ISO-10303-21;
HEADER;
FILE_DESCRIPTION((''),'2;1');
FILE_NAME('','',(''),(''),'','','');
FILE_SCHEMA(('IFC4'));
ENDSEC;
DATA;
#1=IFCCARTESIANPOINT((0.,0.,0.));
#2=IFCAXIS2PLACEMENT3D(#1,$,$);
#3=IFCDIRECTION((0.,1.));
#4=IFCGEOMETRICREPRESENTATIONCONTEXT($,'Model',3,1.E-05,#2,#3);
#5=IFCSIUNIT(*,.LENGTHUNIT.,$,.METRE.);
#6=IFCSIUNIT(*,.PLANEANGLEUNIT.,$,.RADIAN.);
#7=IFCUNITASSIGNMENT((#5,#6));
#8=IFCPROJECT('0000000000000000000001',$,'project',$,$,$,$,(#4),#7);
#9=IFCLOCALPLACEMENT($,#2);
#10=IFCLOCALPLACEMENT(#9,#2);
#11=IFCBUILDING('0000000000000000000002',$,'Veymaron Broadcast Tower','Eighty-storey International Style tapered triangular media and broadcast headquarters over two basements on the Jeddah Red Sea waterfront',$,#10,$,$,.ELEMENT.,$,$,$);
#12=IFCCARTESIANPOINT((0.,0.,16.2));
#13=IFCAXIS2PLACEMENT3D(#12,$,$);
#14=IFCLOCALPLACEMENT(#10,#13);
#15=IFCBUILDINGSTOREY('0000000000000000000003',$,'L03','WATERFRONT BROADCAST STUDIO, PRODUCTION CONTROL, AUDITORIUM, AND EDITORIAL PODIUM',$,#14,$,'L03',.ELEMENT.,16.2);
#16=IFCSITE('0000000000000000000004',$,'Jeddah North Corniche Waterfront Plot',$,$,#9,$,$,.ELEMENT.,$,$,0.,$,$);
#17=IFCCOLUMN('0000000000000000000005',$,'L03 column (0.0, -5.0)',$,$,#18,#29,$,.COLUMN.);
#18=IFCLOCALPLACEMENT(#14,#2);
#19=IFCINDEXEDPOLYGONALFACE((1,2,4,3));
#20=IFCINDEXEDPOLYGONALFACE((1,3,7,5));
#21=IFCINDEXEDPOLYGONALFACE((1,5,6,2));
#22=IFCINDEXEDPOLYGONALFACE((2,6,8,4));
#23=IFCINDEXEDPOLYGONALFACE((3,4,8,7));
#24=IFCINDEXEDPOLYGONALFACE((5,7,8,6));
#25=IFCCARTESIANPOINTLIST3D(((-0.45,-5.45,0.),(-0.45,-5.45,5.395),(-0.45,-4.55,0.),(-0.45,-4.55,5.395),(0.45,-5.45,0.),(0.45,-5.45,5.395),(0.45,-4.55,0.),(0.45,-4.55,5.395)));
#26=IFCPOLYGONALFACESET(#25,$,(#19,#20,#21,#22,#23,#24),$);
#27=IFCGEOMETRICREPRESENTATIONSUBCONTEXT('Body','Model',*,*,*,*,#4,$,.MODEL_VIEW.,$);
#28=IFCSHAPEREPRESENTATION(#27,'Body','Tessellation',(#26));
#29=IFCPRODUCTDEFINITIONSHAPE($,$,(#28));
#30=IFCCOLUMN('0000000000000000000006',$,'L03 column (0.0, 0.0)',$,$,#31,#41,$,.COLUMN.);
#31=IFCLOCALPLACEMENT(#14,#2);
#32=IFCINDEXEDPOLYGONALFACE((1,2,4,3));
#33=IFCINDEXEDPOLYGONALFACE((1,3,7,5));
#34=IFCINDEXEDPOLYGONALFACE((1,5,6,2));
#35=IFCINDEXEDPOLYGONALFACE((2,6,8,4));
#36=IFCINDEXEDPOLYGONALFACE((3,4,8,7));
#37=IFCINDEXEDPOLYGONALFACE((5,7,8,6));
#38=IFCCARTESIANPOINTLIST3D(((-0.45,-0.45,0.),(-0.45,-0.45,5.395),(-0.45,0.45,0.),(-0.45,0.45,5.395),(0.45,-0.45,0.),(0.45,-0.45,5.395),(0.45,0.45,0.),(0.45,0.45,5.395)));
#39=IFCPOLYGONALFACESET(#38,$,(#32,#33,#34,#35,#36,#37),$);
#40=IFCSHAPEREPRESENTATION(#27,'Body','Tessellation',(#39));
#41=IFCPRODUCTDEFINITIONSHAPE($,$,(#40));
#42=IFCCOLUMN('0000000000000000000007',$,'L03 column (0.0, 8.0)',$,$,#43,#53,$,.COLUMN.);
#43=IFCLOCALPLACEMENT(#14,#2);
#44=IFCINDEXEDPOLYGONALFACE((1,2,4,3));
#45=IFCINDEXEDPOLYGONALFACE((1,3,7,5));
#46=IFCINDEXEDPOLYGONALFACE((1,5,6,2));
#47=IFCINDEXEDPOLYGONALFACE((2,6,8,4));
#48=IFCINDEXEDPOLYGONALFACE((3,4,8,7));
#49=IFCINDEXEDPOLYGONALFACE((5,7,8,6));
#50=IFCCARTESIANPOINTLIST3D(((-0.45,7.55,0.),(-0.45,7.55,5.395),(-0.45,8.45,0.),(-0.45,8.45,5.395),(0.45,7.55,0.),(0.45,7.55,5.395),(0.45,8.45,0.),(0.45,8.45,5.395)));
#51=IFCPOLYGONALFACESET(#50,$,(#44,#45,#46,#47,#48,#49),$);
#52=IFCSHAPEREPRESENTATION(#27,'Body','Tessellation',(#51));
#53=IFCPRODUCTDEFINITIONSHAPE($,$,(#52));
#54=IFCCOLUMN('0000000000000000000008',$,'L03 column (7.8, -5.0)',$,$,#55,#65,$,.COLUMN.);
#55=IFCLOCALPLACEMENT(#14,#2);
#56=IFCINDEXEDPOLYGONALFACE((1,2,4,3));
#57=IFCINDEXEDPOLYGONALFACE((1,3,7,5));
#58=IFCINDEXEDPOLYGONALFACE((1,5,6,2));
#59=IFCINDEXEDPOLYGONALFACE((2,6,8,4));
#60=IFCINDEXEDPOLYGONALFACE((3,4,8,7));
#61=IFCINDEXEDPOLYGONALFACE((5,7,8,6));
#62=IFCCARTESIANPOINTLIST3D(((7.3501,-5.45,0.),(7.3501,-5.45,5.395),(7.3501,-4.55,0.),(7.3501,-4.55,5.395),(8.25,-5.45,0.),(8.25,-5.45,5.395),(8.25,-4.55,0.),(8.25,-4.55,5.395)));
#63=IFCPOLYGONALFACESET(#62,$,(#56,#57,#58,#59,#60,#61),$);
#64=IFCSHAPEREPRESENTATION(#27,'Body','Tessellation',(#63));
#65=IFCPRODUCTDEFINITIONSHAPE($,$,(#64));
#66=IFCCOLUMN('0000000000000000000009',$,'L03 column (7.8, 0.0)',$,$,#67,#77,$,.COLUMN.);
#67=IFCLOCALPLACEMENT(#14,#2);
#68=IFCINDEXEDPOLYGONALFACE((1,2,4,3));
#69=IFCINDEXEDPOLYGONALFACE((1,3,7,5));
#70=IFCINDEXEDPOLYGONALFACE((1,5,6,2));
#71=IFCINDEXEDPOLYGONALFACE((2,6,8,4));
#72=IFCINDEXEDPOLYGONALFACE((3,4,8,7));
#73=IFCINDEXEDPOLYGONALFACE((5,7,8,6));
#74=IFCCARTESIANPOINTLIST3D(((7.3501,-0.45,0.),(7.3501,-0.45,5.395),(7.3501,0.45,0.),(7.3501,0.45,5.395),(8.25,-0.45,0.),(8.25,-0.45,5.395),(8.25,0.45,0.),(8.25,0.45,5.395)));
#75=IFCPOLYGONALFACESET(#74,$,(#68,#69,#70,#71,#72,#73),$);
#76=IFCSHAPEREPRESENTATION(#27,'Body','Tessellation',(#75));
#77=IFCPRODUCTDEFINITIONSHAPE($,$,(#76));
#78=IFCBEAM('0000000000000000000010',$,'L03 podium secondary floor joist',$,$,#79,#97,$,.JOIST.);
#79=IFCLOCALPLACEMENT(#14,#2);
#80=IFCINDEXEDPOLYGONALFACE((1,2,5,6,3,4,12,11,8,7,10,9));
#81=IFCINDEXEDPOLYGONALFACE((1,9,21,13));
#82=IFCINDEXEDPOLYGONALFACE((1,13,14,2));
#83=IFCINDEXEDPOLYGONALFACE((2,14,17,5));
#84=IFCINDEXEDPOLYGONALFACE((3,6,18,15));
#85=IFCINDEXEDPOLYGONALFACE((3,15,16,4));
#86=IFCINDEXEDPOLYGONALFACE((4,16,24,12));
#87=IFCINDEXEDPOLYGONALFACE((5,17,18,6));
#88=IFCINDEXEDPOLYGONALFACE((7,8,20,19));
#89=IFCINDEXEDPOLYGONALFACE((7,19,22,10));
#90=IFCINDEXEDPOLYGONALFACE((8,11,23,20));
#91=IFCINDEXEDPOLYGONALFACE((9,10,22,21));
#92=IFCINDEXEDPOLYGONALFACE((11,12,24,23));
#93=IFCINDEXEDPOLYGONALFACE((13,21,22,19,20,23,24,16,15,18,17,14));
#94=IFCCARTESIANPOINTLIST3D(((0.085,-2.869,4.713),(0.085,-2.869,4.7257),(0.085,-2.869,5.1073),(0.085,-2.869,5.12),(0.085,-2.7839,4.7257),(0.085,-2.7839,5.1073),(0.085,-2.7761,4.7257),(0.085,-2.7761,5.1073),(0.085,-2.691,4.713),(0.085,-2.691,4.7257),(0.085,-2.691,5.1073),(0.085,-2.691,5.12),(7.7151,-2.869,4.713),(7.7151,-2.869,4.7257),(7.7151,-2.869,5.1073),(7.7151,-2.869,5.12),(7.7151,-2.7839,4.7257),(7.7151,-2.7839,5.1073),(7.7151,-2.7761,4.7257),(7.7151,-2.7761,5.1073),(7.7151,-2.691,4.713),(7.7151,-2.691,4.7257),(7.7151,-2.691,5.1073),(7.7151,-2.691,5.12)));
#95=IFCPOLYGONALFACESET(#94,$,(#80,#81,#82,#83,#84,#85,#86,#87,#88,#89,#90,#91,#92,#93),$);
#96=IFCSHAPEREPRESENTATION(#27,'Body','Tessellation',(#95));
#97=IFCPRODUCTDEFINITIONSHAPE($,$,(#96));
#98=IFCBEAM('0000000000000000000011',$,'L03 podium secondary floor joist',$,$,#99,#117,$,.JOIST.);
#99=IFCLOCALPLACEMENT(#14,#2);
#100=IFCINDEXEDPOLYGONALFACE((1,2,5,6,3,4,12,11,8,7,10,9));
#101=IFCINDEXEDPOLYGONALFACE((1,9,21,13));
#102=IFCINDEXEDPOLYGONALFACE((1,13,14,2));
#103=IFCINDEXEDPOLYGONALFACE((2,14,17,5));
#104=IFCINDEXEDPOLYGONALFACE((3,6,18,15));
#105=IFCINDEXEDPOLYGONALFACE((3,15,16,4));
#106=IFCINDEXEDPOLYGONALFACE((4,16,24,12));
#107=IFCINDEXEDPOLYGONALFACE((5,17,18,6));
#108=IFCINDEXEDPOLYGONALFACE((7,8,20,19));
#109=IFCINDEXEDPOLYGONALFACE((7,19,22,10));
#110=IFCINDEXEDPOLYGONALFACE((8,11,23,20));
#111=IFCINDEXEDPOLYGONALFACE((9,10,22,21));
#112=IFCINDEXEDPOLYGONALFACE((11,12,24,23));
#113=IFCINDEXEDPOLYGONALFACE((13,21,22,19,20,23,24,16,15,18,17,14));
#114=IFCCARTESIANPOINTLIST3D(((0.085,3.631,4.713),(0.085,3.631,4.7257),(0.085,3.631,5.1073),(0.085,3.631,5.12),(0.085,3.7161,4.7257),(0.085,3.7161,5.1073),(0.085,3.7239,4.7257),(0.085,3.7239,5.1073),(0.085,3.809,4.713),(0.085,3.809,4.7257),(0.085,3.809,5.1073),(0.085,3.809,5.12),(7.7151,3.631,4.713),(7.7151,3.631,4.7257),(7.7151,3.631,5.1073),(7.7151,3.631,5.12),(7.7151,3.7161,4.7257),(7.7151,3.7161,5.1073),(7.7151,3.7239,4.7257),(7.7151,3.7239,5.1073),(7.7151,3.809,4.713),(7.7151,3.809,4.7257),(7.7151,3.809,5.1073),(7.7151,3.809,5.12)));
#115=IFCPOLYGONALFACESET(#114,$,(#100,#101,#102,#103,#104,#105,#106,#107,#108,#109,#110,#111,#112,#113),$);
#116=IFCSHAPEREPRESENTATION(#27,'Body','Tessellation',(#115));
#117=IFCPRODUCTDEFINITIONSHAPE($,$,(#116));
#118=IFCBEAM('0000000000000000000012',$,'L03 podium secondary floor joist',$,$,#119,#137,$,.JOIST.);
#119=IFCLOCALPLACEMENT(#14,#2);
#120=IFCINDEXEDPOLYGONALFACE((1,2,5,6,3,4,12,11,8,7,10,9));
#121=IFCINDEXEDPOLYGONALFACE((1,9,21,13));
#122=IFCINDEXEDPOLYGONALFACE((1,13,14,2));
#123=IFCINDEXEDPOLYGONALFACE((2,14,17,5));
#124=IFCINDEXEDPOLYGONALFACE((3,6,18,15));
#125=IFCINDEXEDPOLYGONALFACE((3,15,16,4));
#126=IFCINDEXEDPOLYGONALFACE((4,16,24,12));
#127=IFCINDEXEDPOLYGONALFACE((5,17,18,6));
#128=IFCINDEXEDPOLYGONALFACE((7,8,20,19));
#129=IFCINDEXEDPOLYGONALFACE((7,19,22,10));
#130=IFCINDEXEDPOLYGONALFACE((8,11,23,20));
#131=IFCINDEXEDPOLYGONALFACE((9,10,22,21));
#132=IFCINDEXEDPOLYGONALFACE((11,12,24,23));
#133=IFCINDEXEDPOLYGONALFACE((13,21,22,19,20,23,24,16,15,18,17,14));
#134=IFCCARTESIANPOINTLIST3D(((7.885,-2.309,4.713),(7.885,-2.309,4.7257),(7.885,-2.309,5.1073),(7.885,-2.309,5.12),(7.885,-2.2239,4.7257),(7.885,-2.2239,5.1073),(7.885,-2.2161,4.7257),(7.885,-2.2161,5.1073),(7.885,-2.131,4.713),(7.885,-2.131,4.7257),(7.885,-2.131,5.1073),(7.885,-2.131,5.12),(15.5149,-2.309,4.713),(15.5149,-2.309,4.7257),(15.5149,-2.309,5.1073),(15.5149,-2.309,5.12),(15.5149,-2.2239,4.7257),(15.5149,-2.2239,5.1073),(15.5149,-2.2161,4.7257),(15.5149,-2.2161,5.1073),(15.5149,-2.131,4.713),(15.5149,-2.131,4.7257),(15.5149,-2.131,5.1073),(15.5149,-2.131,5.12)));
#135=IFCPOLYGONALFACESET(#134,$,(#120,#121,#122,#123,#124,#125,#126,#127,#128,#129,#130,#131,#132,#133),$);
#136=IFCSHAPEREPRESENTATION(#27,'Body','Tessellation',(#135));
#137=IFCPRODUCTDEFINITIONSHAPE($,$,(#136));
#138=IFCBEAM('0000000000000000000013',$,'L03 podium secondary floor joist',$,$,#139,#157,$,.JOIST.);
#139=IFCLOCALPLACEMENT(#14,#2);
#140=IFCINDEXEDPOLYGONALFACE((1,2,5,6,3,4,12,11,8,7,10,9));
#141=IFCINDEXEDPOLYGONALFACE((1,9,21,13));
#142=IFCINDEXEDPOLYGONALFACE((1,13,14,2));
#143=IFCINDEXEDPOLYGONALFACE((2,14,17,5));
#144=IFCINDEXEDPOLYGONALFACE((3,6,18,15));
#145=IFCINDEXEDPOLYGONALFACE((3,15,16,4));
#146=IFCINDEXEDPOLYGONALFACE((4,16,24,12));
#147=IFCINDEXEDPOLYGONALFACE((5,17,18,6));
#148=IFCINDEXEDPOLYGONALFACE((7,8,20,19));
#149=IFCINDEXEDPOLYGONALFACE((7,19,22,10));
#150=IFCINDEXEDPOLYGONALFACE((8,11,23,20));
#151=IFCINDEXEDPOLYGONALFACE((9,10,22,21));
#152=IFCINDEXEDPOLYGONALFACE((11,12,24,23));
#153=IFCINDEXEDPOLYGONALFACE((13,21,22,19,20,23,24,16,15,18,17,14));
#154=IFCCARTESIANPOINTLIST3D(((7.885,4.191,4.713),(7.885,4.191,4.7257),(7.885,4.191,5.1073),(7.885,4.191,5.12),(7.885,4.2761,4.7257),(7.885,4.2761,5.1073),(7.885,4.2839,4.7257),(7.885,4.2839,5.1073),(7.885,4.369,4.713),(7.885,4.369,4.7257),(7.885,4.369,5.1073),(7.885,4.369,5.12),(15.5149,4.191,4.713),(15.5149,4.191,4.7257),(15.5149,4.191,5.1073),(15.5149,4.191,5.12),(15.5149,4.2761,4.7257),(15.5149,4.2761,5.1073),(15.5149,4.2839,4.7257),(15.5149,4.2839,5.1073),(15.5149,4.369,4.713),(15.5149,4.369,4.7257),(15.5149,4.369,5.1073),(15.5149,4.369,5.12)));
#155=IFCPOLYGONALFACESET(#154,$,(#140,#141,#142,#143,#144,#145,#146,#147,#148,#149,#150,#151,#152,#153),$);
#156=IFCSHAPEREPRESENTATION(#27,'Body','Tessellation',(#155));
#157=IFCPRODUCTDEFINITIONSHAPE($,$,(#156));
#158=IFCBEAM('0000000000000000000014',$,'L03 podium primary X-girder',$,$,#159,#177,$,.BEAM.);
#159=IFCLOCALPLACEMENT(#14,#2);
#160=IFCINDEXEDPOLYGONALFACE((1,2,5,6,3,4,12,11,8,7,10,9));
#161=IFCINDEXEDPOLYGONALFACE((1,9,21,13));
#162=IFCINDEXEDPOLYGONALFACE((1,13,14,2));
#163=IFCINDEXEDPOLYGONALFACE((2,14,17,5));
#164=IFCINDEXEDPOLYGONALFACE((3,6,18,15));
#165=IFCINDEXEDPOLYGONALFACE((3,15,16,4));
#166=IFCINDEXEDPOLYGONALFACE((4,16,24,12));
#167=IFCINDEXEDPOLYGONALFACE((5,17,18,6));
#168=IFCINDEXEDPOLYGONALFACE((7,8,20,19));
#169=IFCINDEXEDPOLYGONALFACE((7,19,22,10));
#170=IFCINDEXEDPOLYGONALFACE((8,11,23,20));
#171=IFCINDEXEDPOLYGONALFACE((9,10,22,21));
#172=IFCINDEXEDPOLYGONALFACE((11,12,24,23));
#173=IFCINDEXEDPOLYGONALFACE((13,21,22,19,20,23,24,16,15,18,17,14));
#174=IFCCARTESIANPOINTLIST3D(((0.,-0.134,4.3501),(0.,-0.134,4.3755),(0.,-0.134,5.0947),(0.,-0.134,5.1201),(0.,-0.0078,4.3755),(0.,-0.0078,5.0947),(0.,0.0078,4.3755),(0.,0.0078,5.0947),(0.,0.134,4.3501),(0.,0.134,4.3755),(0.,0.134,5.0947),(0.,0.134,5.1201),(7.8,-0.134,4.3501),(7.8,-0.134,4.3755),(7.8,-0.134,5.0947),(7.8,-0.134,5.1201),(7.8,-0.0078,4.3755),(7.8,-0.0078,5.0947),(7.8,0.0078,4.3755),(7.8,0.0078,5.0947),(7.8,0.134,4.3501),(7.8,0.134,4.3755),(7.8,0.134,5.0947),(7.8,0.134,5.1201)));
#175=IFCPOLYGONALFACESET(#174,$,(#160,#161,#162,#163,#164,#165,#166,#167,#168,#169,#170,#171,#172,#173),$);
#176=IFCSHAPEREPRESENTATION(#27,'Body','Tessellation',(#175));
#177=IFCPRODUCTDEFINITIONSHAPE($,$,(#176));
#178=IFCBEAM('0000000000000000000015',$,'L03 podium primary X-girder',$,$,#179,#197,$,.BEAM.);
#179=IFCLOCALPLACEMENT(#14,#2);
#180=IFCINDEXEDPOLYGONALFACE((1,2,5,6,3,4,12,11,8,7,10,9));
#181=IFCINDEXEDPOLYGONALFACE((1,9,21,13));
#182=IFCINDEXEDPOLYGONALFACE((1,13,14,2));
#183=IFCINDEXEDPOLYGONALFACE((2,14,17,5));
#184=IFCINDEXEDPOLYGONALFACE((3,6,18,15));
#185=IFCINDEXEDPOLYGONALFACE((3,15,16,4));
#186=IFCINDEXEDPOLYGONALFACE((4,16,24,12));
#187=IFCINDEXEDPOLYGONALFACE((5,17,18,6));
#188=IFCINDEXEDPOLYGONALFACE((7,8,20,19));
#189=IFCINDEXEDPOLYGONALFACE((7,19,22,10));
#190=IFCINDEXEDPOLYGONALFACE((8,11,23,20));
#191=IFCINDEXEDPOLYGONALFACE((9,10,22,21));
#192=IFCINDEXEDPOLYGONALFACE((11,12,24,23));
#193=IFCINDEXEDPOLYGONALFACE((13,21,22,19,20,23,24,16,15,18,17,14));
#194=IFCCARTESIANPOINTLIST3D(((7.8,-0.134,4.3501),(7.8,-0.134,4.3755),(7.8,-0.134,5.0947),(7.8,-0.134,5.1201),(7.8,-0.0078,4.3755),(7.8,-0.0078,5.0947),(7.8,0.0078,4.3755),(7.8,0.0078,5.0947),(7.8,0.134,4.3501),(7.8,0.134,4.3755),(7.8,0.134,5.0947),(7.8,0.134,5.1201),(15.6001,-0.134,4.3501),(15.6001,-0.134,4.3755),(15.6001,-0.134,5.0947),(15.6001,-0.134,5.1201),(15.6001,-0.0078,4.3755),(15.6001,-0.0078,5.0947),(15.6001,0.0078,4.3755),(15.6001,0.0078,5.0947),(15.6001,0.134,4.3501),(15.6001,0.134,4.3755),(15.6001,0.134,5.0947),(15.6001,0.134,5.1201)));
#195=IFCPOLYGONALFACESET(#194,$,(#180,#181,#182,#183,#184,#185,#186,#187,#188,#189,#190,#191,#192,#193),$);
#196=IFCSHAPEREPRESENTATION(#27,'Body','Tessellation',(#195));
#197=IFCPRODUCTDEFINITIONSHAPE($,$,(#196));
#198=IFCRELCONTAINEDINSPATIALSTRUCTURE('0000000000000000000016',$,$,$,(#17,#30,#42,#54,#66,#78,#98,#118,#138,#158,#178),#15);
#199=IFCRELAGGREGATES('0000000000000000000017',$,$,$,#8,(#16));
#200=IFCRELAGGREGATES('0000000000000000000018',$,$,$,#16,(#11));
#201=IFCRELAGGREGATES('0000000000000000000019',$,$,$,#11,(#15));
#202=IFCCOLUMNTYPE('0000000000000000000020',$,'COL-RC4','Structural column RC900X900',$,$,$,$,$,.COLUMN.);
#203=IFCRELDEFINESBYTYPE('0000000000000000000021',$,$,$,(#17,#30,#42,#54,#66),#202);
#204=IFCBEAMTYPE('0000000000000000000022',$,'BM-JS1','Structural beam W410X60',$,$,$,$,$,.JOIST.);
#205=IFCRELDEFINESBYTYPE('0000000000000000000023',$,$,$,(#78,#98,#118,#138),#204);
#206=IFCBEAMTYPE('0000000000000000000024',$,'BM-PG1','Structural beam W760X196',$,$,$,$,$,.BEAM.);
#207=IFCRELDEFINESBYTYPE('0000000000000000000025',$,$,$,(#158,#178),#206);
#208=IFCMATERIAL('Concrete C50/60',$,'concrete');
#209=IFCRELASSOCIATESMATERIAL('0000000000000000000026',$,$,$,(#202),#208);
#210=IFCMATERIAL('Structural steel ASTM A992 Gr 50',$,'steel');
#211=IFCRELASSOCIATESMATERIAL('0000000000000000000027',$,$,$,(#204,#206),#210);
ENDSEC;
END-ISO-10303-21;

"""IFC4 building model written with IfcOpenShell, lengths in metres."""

from ifc_helpers import new_model, si_unit, direction, frame, origin, origin_2d, place, context, subcontext, project, spatial, rectangle, i_section, extrude, material, material_profile, profile_set, type_object, element, save


model = new_model("IFC4")

# Units and contexts
model_context = context("Model", 3, precision=1e-05, world=origin(), true_north=direction((0.0, 1.0)))
body_context = subcontext(model_context, "Body", "Model", "MODEL_VIEW")
ifc_project = project(units=[si_unit("LENGTHUNIT", "METRE"), si_unit("PLANEANGLEUNIT", "RADIAN")], contexts=[model_context])

# Site, building, storey
site_placement = place(None, origin())
site = spatial("IfcSite", under=ifc_project, at=site_placement, Name="Jeddah North Corniche Waterfront Plot", CompositionType="ELEMENT", RefElevation=0.0)
building_placement = place(site_placement, origin())
building = spatial("IfcBuilding", under=site, at=building_placement, Name="Veymaron Broadcast Tower", Description="Eighty-storey International Style tapered triangular media and broadcast headquarters over two basements on the Jeddah Red Sea waterfront", CompositionType="ELEMENT")
storey_placement = place(building_placement, frame((0.0, 0.0, 16.2)))
storey = spatial("IfcBuildingStorey", under=building, at=storey_placement, Name="L03", Description="WATERFRONT BROADCAST STUDIO, PRODUCTION CONTROL, AUDITORIUM, AND EDITORIAL PODIUM", LongName="L03", CompositionType="ELEMENT", Elevation=16.2)

# Columns
ifc_material_1 = material(Name="Concrete C50/60", Category="concrete")
ifc_material_profile_1 = material_profile(ifc_material_1, rectangle(XDim=0.8999, YDim=0.8999, at=origin_2d()), Name="RC900X900")
ifc_profile_set_1 = profile_set([ifc_material_profile_1], Name="Concrete C50/60")
column_type = type_object("IfcColumnType", Name="COL-RC4", Description="Structural column RC900X900", PredefinedType="COLUMN", material=ifc_profile_set_1)
for number, where, z_axis, x_axis, name in (
    (1, (0.0, -5.0, 0.0), (0.0, 0.0, 1.0), (1.0, 0.0, 0.0), "L03 column (0.0, -5.0)"),
    (2, (0.0, 0.0, 0.0), (0.0, 0.0, 1.0), (1.0, 0.0, 0.0), "L03 column (0.0, 0.0)"),
    (3, (0.0, 8.0, 0.0), (0.0, 0.0, 1.0), (1.0, 0.0, 0.0), "L03 column (0.0, 8.0)"),
    (4, (7.8, -5.0, 0.0), (0.0, 0.0, 1.0), (1.0, 0.0, 0.0), "L03 column (7.8, -5.0)"),
    (5, (7.8, 0.0, 0.0), (0.0, 0.0, 1.0), (1.0, 0.0, 0.0), "L03 column (7.8, 0.0)"),
):
    element("IfcColumn", number, at=place(storey_placement, frame(where, z_axis=z_axis, x_axis=x_axis)), inside=storey, type_object=column_type, Name=name, PredefinedType="COLUMN", context=body_context, shape_type="SweptSolid", body=[
        extrude(rectangle(XDim=0.8999, YDim=0.8999, at=origin_2d()), origin(), (0.0, 0.0, 1.0), 5.395),
    ])

# Beams
ifc_material_2 = material(Name="Structural steel ASTM A992 Gr 50", Category="steel")
ifc_material_profile_2 = material_profile(ifc_material_2, i_section(OverallWidth=0.178, OverallDepth=0.407, WebThickness=0.0078, FlangeThickness=0.0127, at=origin_2d()), Name="W410X60")
ifc_profile_set_2 = profile_set([ifc_material_profile_2], Name="Structural steel ASTM A992 Gr 50")
beam_type_1 = type_object("IfcBeamType", Name="BM-JS1", Description="Structural beam W410X60", PredefinedType="JOIST", material=ifc_profile_set_2)
for number, where, z_axis, x_axis, name in (
    (6, (0.085, -2.78, 4.9165), (1.0, 0.0, 0.0), (0.0, 1.0, 0.0), "L03 podium secondary floor joist"),
    (7, (0.085, 3.72, 4.9165), (1.0, 0.0, 0.0), (0.0, 1.0, 0.0), "L03 podium secondary floor joist"),
):
    element("IfcBeam", number, at=place(storey_placement, frame(where, z_axis=z_axis, x_axis=x_axis)), inside=storey, type_object=beam_type_1, Name=name, PredefinedType="JOIST", context=body_context, shape_type="SweptSolid", body=[
        extrude(i_section(OverallWidth=0.178, OverallDepth=0.407, WebThickness=0.0078, FlangeThickness=0.0127, at=origin_2d()), origin(), (0.0, 0.0, 1.0), 7.6301),
    ])
for number, where, z_axis, x_axis, name in (
    (8, (7.885, -2.22, 4.9165), (1.0, 0.0, 0.0), (0.0, 1.0, 0.0), "L03 podium secondary floor joist"),
    (9, (7.885, 4.28, 4.9165), (1.0, 0.0, 0.0), (0.0, 1.0, 0.0), "L03 podium secondary floor joist"),
):
    element("IfcBeam", number, at=place(storey_placement, frame(where, z_axis=z_axis, x_axis=x_axis)), inside=storey, type_object=beam_type_1, Name=name, PredefinedType="JOIST", context=body_context, shape_type="SweptSolid", body=[
        extrude(i_section(OverallWidth=0.178, OverallDepth=0.407, WebThickness=0.0078, FlangeThickness=0.0127, at=origin_2d()), origin(), (0.0, 0.0, 1.0), 7.6299),
    ])
ifc_material_profile_3 = material_profile(ifc_material_2, i_section(OverallWidth=0.2681, OverallDepth=0.77, WebThickness=0.0156, FlangeThickness=0.0254, at=origin_2d()), Name="W760X196")
ifc_profile_set_3 = profile_set([ifc_material_profile_3], Name="Structural steel ASTM A992 Gr 50")
beam_type_2 = type_object("IfcBeamType", Name="BM-PG1", Description="Structural beam W760X196", PredefinedType="BEAM", material=ifc_profile_set_3)
for number, where, z_axis, x_axis, name in (
    (10, (0.0, 0.0, 4.7351), (1.0, 0.0, 0.0), (0.0, 1.0, 0.0), "L03 podium primary X-girder"),
    (11, (7.8, 0.0, 4.7351), (1.0, 0.0, 0.0), (0.0, 1.0, 0.0), "L03 podium primary X-girder"),
):
    element("IfcBeam", number, at=place(storey_placement, frame(where, z_axis=z_axis, x_axis=x_axis)), inside=storey, type_object=beam_type_2, Name=name, PredefinedType="BEAM", context=body_context, shape_type="SweptSolid", body=[
        extrude(i_section(OverallWidth=0.2681, OverallDepth=0.77, WebThickness=0.0156, FlangeThickness=0.0254, at=origin_2d()), origin(), (0.0, 0.0, 1.0), 7.8),
    ])

save(model, "model.ifc")
